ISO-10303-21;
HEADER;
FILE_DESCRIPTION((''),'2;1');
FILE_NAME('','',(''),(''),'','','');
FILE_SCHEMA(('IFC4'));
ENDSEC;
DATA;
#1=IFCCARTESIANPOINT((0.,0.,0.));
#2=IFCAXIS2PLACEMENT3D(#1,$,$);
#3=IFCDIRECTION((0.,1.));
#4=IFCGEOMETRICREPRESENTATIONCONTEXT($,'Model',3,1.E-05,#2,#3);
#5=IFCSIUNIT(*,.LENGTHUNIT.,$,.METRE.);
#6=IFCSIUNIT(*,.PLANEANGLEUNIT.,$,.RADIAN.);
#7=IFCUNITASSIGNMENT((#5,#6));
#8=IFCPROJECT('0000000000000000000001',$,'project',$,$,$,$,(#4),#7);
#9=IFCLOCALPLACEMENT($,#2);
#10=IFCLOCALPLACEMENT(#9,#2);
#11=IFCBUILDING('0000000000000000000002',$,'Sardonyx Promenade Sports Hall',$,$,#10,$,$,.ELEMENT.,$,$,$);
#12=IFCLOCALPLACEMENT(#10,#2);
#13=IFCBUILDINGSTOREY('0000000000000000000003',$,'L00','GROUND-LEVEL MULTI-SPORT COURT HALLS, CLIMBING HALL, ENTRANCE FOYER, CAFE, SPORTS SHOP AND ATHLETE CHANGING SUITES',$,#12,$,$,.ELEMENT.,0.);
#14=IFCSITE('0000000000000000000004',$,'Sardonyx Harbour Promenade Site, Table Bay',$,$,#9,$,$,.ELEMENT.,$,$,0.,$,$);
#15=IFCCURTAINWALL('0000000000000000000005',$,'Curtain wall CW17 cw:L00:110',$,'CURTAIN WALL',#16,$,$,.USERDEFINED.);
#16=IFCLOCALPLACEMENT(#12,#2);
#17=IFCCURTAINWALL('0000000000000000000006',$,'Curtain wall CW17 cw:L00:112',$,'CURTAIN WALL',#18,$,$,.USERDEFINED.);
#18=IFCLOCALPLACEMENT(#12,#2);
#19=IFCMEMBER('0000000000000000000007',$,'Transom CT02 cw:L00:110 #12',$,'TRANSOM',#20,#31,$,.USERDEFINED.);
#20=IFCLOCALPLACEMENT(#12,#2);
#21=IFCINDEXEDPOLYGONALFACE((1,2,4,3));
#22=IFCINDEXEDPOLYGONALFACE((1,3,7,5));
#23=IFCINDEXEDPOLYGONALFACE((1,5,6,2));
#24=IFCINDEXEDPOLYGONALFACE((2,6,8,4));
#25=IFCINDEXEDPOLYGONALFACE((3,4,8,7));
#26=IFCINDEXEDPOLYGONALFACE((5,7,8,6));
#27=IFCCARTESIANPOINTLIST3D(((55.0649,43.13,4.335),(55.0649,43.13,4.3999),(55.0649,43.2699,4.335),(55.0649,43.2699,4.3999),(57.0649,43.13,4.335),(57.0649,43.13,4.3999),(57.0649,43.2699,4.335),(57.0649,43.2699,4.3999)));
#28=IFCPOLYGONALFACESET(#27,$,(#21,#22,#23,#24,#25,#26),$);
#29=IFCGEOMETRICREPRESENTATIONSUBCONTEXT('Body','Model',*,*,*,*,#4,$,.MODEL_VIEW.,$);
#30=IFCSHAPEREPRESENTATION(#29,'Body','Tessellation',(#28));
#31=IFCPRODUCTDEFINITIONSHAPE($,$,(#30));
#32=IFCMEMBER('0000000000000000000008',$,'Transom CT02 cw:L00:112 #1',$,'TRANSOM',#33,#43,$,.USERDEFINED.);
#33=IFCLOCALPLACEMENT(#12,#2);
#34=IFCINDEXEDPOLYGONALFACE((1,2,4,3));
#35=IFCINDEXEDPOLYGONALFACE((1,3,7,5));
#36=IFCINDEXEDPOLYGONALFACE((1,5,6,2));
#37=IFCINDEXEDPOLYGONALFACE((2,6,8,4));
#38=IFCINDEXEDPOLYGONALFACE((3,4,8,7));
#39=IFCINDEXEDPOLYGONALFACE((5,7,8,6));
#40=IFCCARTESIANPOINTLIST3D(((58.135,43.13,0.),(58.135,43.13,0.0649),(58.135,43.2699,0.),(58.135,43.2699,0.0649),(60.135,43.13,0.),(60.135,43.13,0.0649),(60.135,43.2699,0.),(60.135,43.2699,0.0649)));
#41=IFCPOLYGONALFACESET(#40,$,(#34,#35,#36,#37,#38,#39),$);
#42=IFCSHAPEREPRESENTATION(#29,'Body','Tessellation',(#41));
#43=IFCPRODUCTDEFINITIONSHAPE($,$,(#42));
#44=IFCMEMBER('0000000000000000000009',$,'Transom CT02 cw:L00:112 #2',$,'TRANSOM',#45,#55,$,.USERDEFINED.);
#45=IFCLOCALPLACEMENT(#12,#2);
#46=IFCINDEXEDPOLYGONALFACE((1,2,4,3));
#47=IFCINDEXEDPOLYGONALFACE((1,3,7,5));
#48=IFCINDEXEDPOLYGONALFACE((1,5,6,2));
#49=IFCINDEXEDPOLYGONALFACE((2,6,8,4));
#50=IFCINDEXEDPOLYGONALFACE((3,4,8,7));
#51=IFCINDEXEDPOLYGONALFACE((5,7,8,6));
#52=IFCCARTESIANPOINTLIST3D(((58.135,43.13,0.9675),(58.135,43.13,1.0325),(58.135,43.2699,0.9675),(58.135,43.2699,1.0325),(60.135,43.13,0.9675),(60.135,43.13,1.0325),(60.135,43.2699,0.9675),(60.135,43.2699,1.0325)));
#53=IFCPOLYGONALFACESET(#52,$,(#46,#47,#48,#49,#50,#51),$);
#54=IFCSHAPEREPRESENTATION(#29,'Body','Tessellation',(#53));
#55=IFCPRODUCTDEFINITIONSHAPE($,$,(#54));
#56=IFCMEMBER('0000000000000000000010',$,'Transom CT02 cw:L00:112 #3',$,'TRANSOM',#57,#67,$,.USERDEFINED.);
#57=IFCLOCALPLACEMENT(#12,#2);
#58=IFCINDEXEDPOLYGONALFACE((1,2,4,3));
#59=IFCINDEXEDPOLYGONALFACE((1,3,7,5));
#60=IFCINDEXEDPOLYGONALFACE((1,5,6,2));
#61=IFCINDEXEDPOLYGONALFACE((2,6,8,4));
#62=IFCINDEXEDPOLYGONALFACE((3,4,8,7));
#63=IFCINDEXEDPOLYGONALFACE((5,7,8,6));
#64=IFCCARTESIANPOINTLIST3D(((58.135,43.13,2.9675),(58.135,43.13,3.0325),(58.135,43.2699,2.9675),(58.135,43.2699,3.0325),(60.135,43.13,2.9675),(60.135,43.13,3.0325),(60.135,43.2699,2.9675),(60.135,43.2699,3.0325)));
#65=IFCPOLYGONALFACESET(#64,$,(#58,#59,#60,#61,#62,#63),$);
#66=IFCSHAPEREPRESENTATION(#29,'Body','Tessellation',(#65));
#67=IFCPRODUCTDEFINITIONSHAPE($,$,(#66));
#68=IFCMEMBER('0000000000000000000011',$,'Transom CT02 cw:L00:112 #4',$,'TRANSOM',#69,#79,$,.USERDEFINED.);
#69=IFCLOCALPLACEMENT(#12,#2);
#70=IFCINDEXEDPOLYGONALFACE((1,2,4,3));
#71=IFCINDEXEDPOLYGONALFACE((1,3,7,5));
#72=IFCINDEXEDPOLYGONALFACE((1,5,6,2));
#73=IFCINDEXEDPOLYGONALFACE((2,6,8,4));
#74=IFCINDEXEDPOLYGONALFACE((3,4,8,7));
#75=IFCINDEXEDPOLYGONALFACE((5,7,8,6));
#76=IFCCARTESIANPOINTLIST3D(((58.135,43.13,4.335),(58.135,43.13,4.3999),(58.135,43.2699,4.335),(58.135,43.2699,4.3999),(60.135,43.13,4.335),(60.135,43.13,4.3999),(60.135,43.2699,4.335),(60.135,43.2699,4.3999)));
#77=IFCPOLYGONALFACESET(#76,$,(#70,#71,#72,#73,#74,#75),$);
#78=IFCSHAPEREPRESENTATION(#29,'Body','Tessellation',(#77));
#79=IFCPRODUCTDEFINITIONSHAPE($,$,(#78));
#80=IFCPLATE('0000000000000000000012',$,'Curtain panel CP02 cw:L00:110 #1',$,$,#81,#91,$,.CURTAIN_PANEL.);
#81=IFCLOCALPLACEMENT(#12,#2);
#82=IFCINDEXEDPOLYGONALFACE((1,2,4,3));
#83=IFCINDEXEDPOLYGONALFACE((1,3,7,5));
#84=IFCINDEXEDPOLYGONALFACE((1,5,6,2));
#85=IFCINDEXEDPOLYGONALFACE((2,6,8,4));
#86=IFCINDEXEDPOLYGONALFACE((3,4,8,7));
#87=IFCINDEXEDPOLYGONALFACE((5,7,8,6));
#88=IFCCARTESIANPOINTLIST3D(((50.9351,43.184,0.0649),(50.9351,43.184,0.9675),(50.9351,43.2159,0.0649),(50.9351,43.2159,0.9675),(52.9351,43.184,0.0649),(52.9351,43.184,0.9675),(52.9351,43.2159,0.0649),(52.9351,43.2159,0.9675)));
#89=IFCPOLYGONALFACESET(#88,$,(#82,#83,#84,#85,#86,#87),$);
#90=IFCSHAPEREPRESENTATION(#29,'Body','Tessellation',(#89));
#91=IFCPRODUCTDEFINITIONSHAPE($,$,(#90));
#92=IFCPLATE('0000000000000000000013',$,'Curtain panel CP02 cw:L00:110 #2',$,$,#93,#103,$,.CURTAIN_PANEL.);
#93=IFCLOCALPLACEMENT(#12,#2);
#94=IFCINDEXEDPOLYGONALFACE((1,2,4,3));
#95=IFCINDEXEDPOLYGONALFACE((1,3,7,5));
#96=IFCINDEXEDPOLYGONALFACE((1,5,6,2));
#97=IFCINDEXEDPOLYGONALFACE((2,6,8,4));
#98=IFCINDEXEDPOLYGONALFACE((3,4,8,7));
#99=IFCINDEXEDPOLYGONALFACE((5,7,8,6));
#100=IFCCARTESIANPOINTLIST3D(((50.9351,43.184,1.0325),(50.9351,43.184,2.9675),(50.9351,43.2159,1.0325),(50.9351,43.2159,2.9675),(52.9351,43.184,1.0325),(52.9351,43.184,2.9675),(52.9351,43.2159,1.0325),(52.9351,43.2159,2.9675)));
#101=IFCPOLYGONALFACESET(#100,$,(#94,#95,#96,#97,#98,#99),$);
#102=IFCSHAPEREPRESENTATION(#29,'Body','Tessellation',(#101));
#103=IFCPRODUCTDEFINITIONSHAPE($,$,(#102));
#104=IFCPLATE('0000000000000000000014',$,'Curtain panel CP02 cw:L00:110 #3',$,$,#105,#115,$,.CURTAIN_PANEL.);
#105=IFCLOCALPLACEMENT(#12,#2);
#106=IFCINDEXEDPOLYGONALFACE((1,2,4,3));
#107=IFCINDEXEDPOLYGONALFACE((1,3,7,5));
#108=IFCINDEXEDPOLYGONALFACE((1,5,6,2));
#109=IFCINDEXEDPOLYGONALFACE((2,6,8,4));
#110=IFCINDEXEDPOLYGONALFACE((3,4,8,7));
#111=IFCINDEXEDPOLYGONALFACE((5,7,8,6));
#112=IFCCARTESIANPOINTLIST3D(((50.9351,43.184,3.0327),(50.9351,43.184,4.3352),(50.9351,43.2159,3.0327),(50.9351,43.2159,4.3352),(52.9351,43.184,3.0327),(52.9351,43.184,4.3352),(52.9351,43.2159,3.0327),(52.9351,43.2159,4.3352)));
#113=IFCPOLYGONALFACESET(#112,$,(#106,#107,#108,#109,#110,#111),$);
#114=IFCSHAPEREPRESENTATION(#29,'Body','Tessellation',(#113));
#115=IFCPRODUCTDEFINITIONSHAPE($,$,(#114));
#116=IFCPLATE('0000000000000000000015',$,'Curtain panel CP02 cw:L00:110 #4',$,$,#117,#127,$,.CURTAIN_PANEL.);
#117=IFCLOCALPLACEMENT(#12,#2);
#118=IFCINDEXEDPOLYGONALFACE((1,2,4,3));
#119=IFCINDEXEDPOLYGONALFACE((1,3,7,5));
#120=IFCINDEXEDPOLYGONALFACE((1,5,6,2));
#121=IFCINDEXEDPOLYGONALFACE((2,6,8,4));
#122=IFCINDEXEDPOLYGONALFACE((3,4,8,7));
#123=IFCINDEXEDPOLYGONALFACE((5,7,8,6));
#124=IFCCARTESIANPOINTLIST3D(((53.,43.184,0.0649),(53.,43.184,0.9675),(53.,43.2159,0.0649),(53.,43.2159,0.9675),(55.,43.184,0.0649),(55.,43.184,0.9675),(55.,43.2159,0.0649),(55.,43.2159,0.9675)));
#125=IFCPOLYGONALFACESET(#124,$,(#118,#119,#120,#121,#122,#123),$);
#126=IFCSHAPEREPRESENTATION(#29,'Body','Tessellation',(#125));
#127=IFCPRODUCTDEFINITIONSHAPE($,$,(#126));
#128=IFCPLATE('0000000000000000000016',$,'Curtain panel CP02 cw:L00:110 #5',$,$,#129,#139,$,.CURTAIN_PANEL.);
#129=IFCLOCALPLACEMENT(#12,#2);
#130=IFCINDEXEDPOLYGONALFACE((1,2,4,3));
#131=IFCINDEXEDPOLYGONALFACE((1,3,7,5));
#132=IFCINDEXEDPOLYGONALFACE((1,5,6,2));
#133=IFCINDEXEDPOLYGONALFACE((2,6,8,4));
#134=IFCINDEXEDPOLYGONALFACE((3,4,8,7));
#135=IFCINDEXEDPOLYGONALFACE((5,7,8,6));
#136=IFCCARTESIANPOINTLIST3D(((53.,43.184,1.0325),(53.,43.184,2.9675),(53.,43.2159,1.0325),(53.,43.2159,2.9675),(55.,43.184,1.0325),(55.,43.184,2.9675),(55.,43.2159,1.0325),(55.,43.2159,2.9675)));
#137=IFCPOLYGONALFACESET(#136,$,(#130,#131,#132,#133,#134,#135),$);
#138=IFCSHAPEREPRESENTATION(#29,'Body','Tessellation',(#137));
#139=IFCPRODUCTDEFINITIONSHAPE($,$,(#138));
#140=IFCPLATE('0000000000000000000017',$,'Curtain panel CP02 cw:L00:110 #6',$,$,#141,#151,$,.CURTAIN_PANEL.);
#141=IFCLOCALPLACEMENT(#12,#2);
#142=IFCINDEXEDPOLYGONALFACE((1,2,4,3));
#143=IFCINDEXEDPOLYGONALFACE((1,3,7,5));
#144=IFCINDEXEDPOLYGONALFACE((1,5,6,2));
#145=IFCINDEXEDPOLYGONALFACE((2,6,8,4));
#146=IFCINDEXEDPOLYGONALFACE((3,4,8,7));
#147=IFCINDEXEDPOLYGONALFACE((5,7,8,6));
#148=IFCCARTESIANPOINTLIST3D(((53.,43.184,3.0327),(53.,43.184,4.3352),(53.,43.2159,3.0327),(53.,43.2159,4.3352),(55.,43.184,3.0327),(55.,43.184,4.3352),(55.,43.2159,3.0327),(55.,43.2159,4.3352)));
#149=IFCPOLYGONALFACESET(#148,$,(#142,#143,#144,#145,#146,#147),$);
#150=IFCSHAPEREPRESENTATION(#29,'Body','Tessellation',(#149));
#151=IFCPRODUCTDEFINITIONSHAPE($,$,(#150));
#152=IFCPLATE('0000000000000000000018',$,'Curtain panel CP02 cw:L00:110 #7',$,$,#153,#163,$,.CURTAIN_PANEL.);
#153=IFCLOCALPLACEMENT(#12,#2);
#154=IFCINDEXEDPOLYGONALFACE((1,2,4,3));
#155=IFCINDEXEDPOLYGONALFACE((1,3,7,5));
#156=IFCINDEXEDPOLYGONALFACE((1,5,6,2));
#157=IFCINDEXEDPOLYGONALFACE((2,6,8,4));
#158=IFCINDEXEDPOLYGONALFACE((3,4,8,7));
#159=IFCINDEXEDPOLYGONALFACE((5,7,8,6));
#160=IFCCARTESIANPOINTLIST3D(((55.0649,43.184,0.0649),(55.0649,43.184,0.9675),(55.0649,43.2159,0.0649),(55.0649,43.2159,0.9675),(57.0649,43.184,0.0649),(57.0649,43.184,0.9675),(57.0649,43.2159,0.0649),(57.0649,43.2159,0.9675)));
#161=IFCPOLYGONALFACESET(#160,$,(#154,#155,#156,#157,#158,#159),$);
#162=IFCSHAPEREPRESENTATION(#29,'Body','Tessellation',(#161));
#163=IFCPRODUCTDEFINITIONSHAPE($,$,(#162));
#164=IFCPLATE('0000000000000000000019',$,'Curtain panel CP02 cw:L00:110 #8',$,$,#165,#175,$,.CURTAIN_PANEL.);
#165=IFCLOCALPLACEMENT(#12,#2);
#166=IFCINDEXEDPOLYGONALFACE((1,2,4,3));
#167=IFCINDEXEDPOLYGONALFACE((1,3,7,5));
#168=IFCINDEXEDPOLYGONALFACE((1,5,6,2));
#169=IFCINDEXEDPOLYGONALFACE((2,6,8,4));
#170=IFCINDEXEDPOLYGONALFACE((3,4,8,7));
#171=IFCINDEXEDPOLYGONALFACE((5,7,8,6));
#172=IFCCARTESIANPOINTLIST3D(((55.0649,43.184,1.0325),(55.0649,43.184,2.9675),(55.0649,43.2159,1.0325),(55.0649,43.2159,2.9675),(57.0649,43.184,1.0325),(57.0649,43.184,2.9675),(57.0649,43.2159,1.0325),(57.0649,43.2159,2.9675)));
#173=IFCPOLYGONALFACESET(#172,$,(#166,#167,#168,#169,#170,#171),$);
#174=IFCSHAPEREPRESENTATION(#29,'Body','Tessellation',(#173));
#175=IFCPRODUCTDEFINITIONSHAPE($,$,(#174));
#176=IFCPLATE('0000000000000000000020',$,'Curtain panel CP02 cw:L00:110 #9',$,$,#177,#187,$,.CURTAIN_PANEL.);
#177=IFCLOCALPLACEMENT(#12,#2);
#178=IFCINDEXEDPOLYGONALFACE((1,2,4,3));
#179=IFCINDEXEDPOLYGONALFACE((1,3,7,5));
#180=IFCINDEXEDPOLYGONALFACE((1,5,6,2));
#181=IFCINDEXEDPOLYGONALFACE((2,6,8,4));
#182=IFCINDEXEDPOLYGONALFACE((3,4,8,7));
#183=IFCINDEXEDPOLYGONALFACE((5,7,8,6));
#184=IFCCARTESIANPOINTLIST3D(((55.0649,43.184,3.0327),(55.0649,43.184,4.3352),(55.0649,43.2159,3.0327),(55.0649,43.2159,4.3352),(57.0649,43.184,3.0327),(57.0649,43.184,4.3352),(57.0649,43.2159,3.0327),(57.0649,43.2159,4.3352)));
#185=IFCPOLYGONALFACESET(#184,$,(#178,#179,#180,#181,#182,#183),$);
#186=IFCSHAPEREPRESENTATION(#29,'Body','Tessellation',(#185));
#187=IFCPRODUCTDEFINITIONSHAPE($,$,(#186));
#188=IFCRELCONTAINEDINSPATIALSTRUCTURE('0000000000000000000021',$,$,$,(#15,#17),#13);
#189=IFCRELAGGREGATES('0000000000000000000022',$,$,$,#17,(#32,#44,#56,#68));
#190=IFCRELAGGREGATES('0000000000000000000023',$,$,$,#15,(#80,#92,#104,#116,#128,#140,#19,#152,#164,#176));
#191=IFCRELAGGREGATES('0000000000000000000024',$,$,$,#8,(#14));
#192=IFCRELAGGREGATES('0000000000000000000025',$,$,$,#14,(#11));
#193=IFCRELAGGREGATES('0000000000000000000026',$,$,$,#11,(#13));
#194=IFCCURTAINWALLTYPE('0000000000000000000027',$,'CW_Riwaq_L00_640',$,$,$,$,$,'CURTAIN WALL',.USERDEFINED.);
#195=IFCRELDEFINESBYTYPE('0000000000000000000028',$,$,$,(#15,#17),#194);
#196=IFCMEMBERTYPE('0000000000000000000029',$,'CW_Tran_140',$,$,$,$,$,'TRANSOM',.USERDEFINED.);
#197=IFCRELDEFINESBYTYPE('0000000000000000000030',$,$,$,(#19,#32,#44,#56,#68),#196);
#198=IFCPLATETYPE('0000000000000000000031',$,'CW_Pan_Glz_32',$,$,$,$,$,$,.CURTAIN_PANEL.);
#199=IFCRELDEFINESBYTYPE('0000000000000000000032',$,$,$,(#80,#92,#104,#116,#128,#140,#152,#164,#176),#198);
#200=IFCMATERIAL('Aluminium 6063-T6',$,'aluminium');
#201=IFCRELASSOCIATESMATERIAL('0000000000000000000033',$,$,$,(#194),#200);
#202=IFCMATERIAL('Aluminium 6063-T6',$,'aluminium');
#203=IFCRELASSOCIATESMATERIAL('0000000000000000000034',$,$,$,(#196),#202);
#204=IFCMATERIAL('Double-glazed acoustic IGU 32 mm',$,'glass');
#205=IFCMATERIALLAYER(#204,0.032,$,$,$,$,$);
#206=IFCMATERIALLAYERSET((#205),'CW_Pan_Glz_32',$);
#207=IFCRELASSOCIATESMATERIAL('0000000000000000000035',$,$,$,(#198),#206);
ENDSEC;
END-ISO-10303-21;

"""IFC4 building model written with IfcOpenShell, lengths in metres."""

from ifc_helpers import new_model, si_unit, direction, frame, origin, origin_2d, place, context, subcontext, project, spatial, rectangle, extrude, material, layer, layer_set, material_profile, profile_set, type_object, element, aggregate, save


model = new_model("IFC4")

# Units and contexts
model_context = context("Model", 3, precision=1e-05, world=origin(), true_north=direction((0.0, 1.0)))
body_context = subcontext(model_context, "Body", "Model", "MODEL_VIEW")
ifc_project = project(units=[si_unit("LENGTHUNIT", "METRE"), si_unit("PLANEANGLEUNIT", "RADIAN")], contexts=[model_context])

# Site, building, storey
site_placement = place(None, origin())
site = spatial("IfcSite", under=ifc_project, at=site_placement, Name="Sardonyx Harbour Promenade Site, Table Bay", CompositionType="ELEMENT", RefElevation=0.0)
building_placement = place(site_placement, origin())
building = spatial("IfcBuilding", under=site, at=building_placement, Name="Sardonyx Promenade Sports Hall", CompositionType="ELEMENT")
storey_placement = place(building_placement, origin())
storey = spatial("IfcBuildingStorey", under=building, at=storey_placement, Name="L00", Description="GROUND-LEVEL MULTI-SPORT COURT HALLS, CLIMBING HALL, ENTRANCE FOYER, CAFE, SPORTS SHOP AND ATHLETE CHANGING SUITES", CompositionType="ELEMENT", Elevation=0.0)

# Curtain wall
ifc_material_1 = material(Name="Aluminium 6063-T6", Category="aluminium")
curtain_wall_type = type_object("IfcCurtainWallType", Name="CW_Riwaq_L00_640", ElementType="CURTAIN WALL", PredefinedType="USERDEFINED", material=ifc_material_1)
curtain_wall_1_placement = place(storey_placement, origin())
curtain_wall_1 = element("IfcCurtainWall", 1, at=curtain_wall_1_placement, inside=storey, type_object=curtain_wall_type, Name="Curtain wall CW17 cw:L00:110", ObjectType="CURTAIN WALL", PredefinedType="USERDEFINED")

# Curtain wall
curtain_wall_2_placement = place(storey_placement, origin())
curtain_wall_2 = element("IfcCurtainWall", 2, at=curtain_wall_2_placement, inside=storey, type_object=curtain_wall_type, Name="Curtain wall CW17 cw:L00:112", ObjectType="CURTAIN WALL", PredefinedType="USERDEFINED")

# Members
ifc_material_2 = material(Name="Aluminium 6063-T6", Category="aluminium")
ifc_material_profile_1 = material_profile(ifc_material_2, rectangle(XDim=0.0649, YDim=0.1399, at=origin_2d()))
ifc_profile_set_1 = profile_set([ifc_material_profile_1], Name="Aluminium 6063-T6")
member_type_1 = type_object("IfcMemberType", Name="CW_Tran_140", ElementType="TRANSOM", PredefinedType="USERDEFINED", material=ifc_profile_set_1)
member_1_placement = place(storey_placement, frame((55.0649, 43.2, 4.3674), z_axis=(1.0, 0.0, 0.0), x_axis=(0.0, 0.0, 1.0)))
member_1 = element("IfcMember", 3, at=member_1_placement, type_object=member_type_1, Name="Transom CT02 cw:L00:110 #12", ObjectType="TRANSOM", PredefinedType="USERDEFINED", context=body_context, shape_type="SweptSolid", body=[
    extrude(rectangle(XDim=0.0649, YDim=0.1399, at=origin_2d()), origin(), (0.0, 0.0, 1.0), 2.0),
])
member_2_placement = place(storey_placement, frame((58.135, 43.2, 0.0325), z_axis=(1.0, 0.0, 0.0), x_axis=(0.0, 0.0, 1.0)))
member_2 = element("IfcMember", 4, at=member_2_placement, type_object=member_type_1, Name="Transom CT02 cw:L00:112 #1", ObjectType="TRANSOM", PredefinedType="USERDEFINED", context=body_context, shape_type="SweptSolid", body=[
    extrude(rectangle(XDim=0.0649, YDim=0.1399, at=origin_2d()), origin(), (0.0, 0.0, 1.0), 2.0),
])
member_3_placement = place(storey_placement, frame((58.135, 43.2, 1.0), z_axis=(1.0, 0.0, 0.0), x_axis=(0.0, 0.0, 1.0)))
member_3 = element("IfcMember", 5, at=member_3_placement, type_object=member_type_1, Name="Transom CT02 cw:L00:112 #2", ObjectType="TRANSOM", PredefinedType="USERDEFINED", context=body_context, shape_type="SweptSolid", body=[
    extrude(rectangle(XDim=0.0649, YDim=0.1399, at=origin_2d()), origin(), (0.0, 0.0, 1.0), 2.0),
])
member_4_placement = place(storey_placement, frame((58.135, 43.2, 3.0), z_axis=(1.0, 0.0, 0.0), x_axis=(0.0, 0.0, 1.0)))
member_4 = element("IfcMember", 6, at=member_4_placement, type_object=member_type_1, Name="Transom CT02 cw:L00:112 #3", ObjectType="TRANSOM", PredefinedType="USERDEFINED", context=body_context, shape_type="SweptSolid", body=[
    extrude(rectangle(XDim=0.0649, YDim=0.1399, at=origin_2d()), origin(), (0.0, 0.0, 1.0), 2.0),
])
member_5_placement = place(storey_placement, frame((58.135, 43.2, 4.3674), z_axis=(1.0, 0.0, 0.0), x_axis=(0.0, 0.0, 1.0)))
member_5 = element("IfcMember", 7, at=member_5_placement, type_object=member_type_1, Name="Transom CT02 cw:L00:112 #4", ObjectType="TRANSOM", PredefinedType="USERDEFINED", context=body_context, shape_type="SweptSolid", body=[
    extrude(rectangle(XDim=0.0649, YDim=0.1399, at=origin_2d()), origin(), (0.0, 0.0, 1.0), 2.0),
])
aggregate(curtain_wall_2, [member_2, member_3, member_4, member_5])

# Plates
ifc_material_3 = material(Name="Double-glazed acoustic IGU 32 mm", Category="glass")
ifc_layer = layer(ifc_material_3, 0.032)
ifc_layer_set = layer_set([ifc_layer], Name="CW_Pan_Glz_32")
plate_type = type_object("IfcPlateType", Name="CW_Pan_Glz_32", PredefinedType="CURTAIN_PANEL", material=ifc_layer_set)
plate_1_placement = place(storey_placement, frame((51.9351, 43.2, 0.0649), z_axis=(0.0, 0.0, 1.0), x_axis=(1.0, 0.0, 0.0)))
plate_1 = element("IfcPlate", 8, at=plate_1_placement, type_object=plate_type, Name="Curtain panel CP02 cw:L00:110 #1", PredefinedType="CURTAIN_PANEL", context=body_context, shape_type="SweptSolid", body=[
    extrude(rectangle(XDim=2.0, YDim=0.032, at=origin_2d()), origin(), (0.0, 0.0, 1.0), 0.9026),
])
plate_2_placement = place(storey_placement, frame((51.9351, 43.2, 1.0325), z_axis=(0.0, 0.0, 1.0), x_axis=(1.0, 0.0, 0.0)))
plate_2 = element("IfcPlate", 9, at=plate_2_placement, type_object=plate_type, Name="Curtain panel CP02 cw:L00:110 #2", PredefinedType="CURTAIN_PANEL", context=body_context, shape_type="SweptSolid", body=[
    extrude(rectangle(XDim=2.0, YDim=0.032, at=origin_2d()), origin(), (0.0, 0.0, 1.0), 1.9351),
])
plate_3_placement = place(storey_placement, frame((51.9351, 43.2, 3.0327), z_axis=(0.0, 0.0, 1.0), x_axis=(1.0, 0.0, 0.0)))
plate_3 = element("IfcPlate", 10, at=plate_3_placement, type_object=plate_type, Name="Curtain panel CP02 cw:L00:110 #3", PredefinedType="CURTAIN_PANEL", context=body_context, shape_type="SweptSolid", body=[
    extrude(rectangle(XDim=2.0, YDim=0.032, at=origin_2d()), origin(), (0.0, 0.0, 1.0), 1.3025),
])
plate_4_placement = place(storey_placement, frame((54.0, 43.2, 0.0649), z_axis=(0.0, 0.0, 1.0), x_axis=(1.0, 0.0, 0.0)))
plate_4 = element("IfcPlate", 11, at=plate_4_placement, type_object=plate_type, Name="Curtain panel CP02 cw:L00:110 #4", PredefinedType="CURTAIN_PANEL", context=body_context, shape_type="SweptSolid", body=[
    extrude(rectangle(XDim=2.0, YDim=0.032, at=origin_2d()), origin(), (0.0, 0.0, 1.0), 0.9026),
])
plate_5_placement = place(storey_placement, frame((54.0, 43.2, 1.0325), z_axis=(0.0, 0.0, 1.0), x_axis=(1.0, 0.0, 0.0)))
plate_5 = element("IfcPlate", 12, at=plate_5_placement, type_object=plate_type, Name="Curtain panel CP02 cw:L00:110 #5", PredefinedType="CURTAIN_PANEL", context=body_context, shape_type="SweptSolid", body=[
    extrude(rectangle(XDim=2.0, YDim=0.032, at=origin_2d()), origin(), (0.0, 0.0, 1.0), 1.9351),
])
plate_6_placement = place(storey_placement, frame((54.0, 43.2, 3.0327), z_axis=(0.0, 0.0, 1.0), x_axis=(1.0, 0.0, 0.0)))
plate_6 = element("IfcPlate", 13, at=plate_6_placement, type_object=plate_type, Name="Curtain panel CP02 cw:L00:110 #6", PredefinedType="CURTAIN_PANEL", context=body_context, shape_type="SweptSolid", body=[
    extrude(rectangle(XDim=2.0, YDim=0.032, at=origin_2d()), origin(), (0.0, 0.0, 1.0), 1.3025),
])
plate_7_placement = place(storey_placement, frame((56.0649, 43.2, 0.0649), z_axis=(0.0, 0.0, 1.0), x_axis=(1.0, 0.0, 0.0)))
plate_7 = element("IfcPlate", 14, at=plate_7_placement, type_object=plate_type, Name="Curtain panel CP02 cw:L00:110 #7", PredefinedType="CURTAIN_PANEL", context=body_context, shape_type="SweptSolid", body=[
    extrude(rectangle(XDim=2.0, YDim=0.032, at=origin_2d()), origin(), (0.0, 0.0, 1.0), 0.9026),
])
plate_8_placement = place(storey_placement, frame((56.0649, 43.2, 1.0325), z_axis=(0.0, 0.0, 1.0), x_axis=(1.0, 0.0, 0.0)))
plate_8 = element("IfcPlate", 15, at=plate_8_placement, type_object=plate_type, Name="Curtain panel CP02 cw:L00:110 #8", PredefinedType="CURTAIN_PANEL", context=body_context, shape_type="SweptSolid", body=[
    extrude(rectangle(XDim=2.0, YDim=0.032, at=origin_2d()), origin(), (0.0, 0.0, 1.0), 1.9351),
])
plate_9_placement = place(storey_placement, frame((56.0649, 43.2, 3.0327), z_axis=(0.0, 0.0, 1.0), x_axis=(1.0, 0.0, 0.0)))
plate_9 = element("IfcPlate", 16, at=plate_9_placement, type_object=plate_type, Name="Curtain panel CP02 cw:L00:110 #9", PredefinedType="CURTAIN_PANEL", context=body_context, shape_type="SweptSolid", body=[
    extrude(rectangle(XDim=2.0, YDim=0.032, at=origin_2d()), origin(), (0.0, 0.0, 1.0), 1.3025),
])
aggregate(curtain_wall_1, [plate_1, plate_2, plate_3, plate_4, plate_5, plate_6, member_1, plate_7, plate_8, plate_9])

save(model, "model.ifc")
